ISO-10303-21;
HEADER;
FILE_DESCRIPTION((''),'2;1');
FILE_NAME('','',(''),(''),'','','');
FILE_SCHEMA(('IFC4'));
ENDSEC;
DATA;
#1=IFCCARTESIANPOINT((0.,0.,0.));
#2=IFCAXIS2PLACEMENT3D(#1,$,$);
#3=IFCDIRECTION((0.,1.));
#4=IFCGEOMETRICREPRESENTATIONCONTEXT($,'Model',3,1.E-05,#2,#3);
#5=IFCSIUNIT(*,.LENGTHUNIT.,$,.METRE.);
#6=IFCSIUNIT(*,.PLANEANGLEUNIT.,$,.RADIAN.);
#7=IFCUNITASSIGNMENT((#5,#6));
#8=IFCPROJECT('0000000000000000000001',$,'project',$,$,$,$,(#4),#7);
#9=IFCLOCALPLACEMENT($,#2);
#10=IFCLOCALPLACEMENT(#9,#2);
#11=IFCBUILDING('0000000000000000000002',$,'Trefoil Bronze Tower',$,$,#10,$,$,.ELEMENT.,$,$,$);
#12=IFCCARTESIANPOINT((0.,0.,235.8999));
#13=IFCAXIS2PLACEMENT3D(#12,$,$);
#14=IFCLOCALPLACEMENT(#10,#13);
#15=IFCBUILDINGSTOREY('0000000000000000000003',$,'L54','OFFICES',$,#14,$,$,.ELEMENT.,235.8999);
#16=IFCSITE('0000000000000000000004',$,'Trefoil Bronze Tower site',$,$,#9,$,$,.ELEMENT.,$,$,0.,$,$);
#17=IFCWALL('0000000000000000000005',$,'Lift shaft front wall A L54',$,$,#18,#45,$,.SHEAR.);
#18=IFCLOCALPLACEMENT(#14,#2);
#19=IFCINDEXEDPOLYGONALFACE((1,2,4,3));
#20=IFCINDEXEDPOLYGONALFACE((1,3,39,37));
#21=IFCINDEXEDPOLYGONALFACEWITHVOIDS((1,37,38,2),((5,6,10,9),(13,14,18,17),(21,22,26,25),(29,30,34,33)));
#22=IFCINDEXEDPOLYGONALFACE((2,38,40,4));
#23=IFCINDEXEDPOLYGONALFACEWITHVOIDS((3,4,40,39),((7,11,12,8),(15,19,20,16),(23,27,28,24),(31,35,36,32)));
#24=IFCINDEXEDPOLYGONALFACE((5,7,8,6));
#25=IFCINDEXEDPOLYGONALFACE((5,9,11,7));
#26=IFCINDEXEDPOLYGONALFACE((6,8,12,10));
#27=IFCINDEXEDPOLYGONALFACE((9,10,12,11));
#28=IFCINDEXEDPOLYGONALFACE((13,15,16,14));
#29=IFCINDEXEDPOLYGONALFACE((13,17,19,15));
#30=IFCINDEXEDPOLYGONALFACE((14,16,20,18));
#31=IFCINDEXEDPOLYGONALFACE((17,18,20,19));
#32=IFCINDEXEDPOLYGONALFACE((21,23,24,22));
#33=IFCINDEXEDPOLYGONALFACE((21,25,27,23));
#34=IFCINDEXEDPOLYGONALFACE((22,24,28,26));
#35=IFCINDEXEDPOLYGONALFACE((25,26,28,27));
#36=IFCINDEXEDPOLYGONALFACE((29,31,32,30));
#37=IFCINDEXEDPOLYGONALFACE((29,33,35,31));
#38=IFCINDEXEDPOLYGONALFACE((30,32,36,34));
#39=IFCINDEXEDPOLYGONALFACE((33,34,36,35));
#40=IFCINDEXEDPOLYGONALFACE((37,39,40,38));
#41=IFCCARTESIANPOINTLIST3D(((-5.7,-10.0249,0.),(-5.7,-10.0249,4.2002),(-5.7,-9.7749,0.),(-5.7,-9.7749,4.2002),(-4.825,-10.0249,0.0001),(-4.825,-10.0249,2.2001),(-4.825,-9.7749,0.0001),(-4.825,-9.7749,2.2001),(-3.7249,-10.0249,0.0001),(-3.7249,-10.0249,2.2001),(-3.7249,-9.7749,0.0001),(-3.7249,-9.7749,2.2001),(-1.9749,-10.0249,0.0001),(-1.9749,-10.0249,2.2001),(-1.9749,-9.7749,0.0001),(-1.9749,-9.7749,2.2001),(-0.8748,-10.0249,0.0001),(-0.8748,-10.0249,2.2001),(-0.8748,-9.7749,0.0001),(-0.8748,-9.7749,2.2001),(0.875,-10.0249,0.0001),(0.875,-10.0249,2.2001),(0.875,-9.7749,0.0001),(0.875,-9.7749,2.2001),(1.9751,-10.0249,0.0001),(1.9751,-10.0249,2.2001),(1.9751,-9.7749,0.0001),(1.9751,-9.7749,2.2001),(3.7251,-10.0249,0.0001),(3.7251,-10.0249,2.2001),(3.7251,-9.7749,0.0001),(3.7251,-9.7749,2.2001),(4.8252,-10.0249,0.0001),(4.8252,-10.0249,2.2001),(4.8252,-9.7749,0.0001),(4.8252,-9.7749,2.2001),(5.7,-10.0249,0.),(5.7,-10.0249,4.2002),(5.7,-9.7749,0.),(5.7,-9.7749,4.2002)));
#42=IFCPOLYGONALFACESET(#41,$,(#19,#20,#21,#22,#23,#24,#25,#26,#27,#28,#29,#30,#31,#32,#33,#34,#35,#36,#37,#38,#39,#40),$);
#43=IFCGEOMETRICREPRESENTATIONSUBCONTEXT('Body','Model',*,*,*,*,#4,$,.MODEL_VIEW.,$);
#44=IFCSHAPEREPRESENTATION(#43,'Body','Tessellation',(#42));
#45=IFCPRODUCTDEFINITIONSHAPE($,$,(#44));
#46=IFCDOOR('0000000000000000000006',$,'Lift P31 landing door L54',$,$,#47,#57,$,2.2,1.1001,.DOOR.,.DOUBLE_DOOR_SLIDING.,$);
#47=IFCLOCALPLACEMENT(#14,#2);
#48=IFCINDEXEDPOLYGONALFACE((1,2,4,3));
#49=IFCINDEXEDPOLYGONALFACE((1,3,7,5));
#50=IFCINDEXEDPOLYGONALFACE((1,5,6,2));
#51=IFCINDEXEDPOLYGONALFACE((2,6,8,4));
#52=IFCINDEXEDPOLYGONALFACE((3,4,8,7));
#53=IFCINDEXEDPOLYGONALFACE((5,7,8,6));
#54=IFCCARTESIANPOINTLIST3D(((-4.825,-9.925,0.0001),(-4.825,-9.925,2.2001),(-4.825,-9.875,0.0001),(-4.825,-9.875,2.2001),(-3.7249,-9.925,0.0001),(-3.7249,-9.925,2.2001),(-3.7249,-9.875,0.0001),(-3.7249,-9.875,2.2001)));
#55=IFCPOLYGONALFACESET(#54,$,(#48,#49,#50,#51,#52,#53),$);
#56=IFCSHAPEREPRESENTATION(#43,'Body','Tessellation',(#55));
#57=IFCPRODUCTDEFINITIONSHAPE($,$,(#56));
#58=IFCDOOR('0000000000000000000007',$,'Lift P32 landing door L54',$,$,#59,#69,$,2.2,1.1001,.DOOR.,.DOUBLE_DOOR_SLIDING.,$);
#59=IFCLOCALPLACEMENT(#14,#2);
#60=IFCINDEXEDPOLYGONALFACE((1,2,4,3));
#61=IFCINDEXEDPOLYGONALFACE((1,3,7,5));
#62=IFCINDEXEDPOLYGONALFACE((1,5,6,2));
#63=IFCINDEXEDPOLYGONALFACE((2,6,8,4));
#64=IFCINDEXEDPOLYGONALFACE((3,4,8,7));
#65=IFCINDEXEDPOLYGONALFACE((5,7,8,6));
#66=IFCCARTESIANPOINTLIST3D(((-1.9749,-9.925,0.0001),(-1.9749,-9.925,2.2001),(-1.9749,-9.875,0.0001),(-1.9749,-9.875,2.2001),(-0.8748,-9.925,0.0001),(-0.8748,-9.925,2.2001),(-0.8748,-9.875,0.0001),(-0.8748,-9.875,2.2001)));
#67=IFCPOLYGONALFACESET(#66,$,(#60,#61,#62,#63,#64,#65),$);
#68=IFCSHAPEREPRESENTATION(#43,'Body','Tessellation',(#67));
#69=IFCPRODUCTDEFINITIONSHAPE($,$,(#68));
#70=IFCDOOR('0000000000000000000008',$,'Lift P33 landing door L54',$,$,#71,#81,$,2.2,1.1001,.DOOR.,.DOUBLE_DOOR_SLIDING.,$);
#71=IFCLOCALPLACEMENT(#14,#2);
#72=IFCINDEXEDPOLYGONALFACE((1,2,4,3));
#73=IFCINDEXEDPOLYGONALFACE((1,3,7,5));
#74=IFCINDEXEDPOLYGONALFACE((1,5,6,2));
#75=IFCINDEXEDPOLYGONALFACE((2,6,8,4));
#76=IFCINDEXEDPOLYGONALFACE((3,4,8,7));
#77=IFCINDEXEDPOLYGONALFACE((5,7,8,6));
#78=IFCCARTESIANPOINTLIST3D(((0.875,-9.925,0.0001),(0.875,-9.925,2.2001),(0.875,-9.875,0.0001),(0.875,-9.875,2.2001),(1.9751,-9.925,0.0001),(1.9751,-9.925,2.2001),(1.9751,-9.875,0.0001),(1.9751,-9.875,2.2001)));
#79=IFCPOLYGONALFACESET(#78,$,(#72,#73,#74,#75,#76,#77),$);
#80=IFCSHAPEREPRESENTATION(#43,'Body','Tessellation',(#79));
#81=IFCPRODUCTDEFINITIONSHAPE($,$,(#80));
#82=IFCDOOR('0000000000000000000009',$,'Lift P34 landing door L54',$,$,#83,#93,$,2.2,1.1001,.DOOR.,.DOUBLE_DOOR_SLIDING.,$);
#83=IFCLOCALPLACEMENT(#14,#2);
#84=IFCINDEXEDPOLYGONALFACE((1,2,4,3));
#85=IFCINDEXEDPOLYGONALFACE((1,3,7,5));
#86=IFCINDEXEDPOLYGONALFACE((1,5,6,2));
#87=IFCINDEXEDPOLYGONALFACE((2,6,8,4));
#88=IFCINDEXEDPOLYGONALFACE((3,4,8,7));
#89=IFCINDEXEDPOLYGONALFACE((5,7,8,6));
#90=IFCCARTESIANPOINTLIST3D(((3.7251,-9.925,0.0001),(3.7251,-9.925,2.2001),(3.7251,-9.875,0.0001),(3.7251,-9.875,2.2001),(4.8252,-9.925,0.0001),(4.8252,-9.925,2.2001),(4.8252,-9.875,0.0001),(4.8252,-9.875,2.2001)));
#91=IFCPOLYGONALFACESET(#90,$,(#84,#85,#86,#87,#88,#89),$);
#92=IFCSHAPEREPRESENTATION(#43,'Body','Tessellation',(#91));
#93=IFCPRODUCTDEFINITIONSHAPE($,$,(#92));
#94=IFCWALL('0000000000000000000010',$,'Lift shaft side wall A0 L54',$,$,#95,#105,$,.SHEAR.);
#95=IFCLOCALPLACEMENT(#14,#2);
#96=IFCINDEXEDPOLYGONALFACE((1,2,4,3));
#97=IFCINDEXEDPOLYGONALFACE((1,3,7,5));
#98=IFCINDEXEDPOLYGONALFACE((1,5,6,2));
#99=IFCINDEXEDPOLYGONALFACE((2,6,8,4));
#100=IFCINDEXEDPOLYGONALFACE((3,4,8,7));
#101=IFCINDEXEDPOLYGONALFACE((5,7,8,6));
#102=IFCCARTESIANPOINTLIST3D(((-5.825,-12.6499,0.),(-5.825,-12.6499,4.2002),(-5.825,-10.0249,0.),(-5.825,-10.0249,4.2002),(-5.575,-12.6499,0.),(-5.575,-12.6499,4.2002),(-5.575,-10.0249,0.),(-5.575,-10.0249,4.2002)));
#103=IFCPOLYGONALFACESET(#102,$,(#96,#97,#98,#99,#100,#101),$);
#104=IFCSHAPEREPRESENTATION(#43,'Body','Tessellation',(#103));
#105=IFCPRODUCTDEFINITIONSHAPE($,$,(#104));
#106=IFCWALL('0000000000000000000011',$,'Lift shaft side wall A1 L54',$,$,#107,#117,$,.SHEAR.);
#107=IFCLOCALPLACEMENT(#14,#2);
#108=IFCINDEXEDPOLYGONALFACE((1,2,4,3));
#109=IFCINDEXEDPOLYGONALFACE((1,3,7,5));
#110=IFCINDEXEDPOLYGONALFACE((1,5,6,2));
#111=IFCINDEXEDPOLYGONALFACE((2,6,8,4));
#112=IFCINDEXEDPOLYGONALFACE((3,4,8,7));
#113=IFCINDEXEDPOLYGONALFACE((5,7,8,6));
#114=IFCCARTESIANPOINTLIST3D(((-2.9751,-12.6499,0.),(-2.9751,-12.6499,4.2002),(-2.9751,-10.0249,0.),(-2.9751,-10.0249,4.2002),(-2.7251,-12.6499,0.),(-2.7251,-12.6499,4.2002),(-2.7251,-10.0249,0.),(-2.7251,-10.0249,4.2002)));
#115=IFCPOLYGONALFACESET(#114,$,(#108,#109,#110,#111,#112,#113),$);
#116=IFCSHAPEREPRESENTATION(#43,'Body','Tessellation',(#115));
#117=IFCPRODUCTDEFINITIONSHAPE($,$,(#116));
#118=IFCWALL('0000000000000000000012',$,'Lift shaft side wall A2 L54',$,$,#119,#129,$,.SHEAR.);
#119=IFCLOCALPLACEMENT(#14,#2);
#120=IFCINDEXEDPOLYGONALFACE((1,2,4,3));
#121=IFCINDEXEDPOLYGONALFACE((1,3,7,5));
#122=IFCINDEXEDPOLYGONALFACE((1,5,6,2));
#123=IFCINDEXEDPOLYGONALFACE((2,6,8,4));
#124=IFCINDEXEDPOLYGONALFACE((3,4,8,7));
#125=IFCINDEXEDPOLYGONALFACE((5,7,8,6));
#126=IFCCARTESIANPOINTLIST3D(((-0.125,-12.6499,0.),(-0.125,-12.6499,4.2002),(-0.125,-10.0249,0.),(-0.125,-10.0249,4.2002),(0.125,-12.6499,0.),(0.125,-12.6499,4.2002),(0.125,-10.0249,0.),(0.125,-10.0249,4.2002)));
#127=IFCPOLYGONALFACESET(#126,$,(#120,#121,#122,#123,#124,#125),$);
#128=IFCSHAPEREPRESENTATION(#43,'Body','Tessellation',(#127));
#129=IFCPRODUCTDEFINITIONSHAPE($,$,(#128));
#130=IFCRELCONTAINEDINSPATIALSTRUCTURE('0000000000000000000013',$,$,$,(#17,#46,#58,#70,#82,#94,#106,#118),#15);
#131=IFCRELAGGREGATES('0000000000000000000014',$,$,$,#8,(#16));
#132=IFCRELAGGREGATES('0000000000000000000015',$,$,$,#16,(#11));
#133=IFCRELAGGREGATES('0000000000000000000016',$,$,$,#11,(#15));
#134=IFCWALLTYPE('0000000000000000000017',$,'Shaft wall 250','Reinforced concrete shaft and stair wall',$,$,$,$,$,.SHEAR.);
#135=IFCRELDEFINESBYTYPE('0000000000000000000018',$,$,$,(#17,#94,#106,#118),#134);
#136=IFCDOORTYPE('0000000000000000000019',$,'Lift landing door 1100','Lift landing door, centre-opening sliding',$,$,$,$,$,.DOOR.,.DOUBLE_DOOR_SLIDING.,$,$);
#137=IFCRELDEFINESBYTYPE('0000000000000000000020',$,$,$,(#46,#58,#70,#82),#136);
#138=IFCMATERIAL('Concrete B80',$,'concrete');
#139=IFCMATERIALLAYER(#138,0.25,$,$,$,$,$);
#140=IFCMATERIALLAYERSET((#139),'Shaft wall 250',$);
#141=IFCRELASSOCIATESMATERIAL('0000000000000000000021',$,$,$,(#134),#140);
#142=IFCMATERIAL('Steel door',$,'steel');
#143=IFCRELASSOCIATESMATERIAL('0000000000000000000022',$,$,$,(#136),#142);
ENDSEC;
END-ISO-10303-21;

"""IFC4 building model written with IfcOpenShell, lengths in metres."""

from ifc_helpers import new_model, si_unit, direction, frame, frame_2d, origin, place, context, subcontext, project, spatial, rectangle, extrude, material, layer, layer_set, type_object, element, fill, save


model = new_model("IFC4")

# Units and contexts
model_context = context("Model", 3, precision=1e-05, world=origin(), true_north=direction((0.0, 1.0)))
body_context = subcontext(model_context, "Body", "Model", "MODEL_VIEW")
ifc_project = project(units=[si_unit("LENGTHUNIT", "METRE"), si_unit("PLANEANGLEUNIT", "RADIAN")], contexts=[model_context])

# Site, building, storey
site_placement = place(None, origin())
site = spatial("IfcSite", under=ifc_project, at=site_placement, Name="Trefoil Bronze Tower site", CompositionType="ELEMENT", RefElevation=0.0)
building_placement = place(site_placement, origin())
building = spatial("IfcBuilding", under=site, at=building_placement, Name="Trefoil Bronze Tower", CompositionType="ELEMENT")
storey_placement = place(building_placement, frame((0.0, 0.0, 235.8999)))
storey = spatial("IfcBuildingStorey", under=building, at=storey_placement, Name="L54", Description="OFFICES", CompositionType="ELEMENT", Elevation=235.8999)

# Wall, openings, doors
ifc_material_1 = material(Name="Concrete B80", Category="concrete")
ifc_layer_1 = layer(ifc_material_1, 0.25)
ifc_layer_set_1 = layer_set([ifc_layer_1], Name="Shaft wall 250")
wall_type_1 = type_object("IfcWallType", Name="Shaft wall 250", Description="Reinforced concrete shaft and stair wall", PredefinedType="SHEAR", material=ifc_layer_set_1)
wall_1_placement = place(storey_placement, frame((-5.7, -9.8999, 0.0), z_axis=(0.0, 0.0, 1.0), x_axis=(1.0, 0.0, 0.0)))
wall_1 = element("IfcWall", 1, at=wall_1_placement, inside=storey, type_object=wall_type_1, Name="Lift shaft front wall A L54", PredefinedType="SHEAR", context=body_context, shape_type="SweptSolid", body=[
    extrude(rectangle(XDim=11.3999, YDim=0.25, at=frame_2d((5.7, 0.0))), origin(), (0.0, 0.0, 1.0), 4.2002),
])
opening_1_placement = place(wall_1_placement, frame((0.875, 0.0, 0.0)))
opening_1 = element("IfcOpeningElement", 2, at=opening_1_placement, cuts=wall_1, PredefinedType="OPENING", context=body_context, shape_type="SweptSolid", body=[
    extrude(rectangle(XDim=1.1001, YDim=2.2, at=frame_2d((0.55, 1.1001))), frame((0.0, 0.135, 0.0), z_axis=(0.0, -1.0, 0.0), x_axis=(1.0, 0.0, 0.0)), (0.0, 0.0, 1.0), 0.27),
])
opening_2_placement = place(wall_1_placement, frame((3.7251, 0.0, 0.0)))
opening_2 = element("IfcOpeningElement", 3, at=opening_2_placement, cuts=wall_1, PredefinedType="OPENING", context=body_context, shape_type="SweptSolid", body=[
    extrude(rectangle(XDim=1.1001, YDim=2.2, at=frame_2d((0.55, 1.1001))), frame((0.0, 0.135, 0.0), z_axis=(0.0, -1.0, 0.0), x_axis=(1.0, 0.0, 0.0)), (0.0, 0.0, 1.0), 0.27),
])
opening_3_placement = place(wall_1_placement, frame((6.575, 0.0, 0.0)))
opening_3 = element("IfcOpeningElement", 4, at=opening_3_placement, cuts=wall_1, PredefinedType="OPENING", context=body_context, shape_type="SweptSolid", body=[
    extrude(rectangle(XDim=1.1001, YDim=2.2, at=frame_2d((0.55, 1.1001))), frame((0.0, 0.135, 0.0), z_axis=(0.0, -1.0, 0.0), x_axis=(1.0, 0.0, 0.0)), (0.0, 0.0, 1.0), 0.27),
])
opening_4_placement = place(wall_1_placement, frame((9.425, 0.0, 0.0)))
opening_4 = element("IfcOpeningElement", 5, at=opening_4_placement, cuts=wall_1, PredefinedType="OPENING", context=body_context, shape_type="SweptSolid", body=[
    extrude(rectangle(XDim=1.1001, YDim=2.2, at=frame_2d((0.55, 1.1001))), frame((0.0, 0.135, 0.0), z_axis=(0.0, -1.0, 0.0), x_axis=(1.0, 0.0, 0.0)), (0.0, 0.0, 1.0), 0.27),
])
ifc_material_2 = material(Name="Steel door", Category="steel")
door_type_1 = type_object("IfcDoorType", Name="Lift landing door 1100", Description="Lift landing door, centre-opening sliding", OperationType="DOUBLE_DOOR_SLIDING", PredefinedType="DOOR", material=ifc_material_2)
door_1_placement = place(opening_1_placement, origin())
door_1 = element("IfcDoor", 6, at=door_1_placement, inside=storey, type_object=door_type_1, Name="Lift P31 landing door L54", OperationType="DOUBLE_DOOR_SLIDING", OverallHeight=2.2, OverallWidth=1.1001, PredefinedType="DOOR", context=body_context, shape_type="SweptSolid", body=[
    extrude(rectangle(XDim=1.1001, YDim=2.2, at=frame_2d((0.55, 1.1001))), frame((0.0, 0.0249, 0.0), z_axis=(0.0, -1.0, 0.0), x_axis=(1.0, 0.0, 0.0)), (0.0, 0.0, 1.0), 0.05),
])
fill(opening_1, door_1)
door_2_placement = place(opening_2_placement, origin())
door_2 = element("IfcDoor", 7, at=door_2_placement, inside=storey, type_object=door_type_1, Name="Lift P32 landing door L54", OperationType="DOUBLE_DOOR_SLIDING", OverallHeight=2.2, OverallWidth=1.1001, PredefinedType="DOOR", context=body_context, shape_type="SweptSolid", body=[
    extrude(rectangle(XDim=1.1001, YDim=2.2, at=frame_2d((0.55, 1.1001))), frame((0.0, 0.0249, 0.0), z_axis=(0.0, -1.0, 0.0), x_axis=(1.0, 0.0, 0.0)), (0.0, 0.0, 1.0), 0.05),
])
fill(opening_2, door_2)
door_3_placement = place(opening_3_placement, origin())
door_3 = element("IfcDoor", 8, at=door_3_placement, inside=storey, type_object=door_type_1, Name="Lift P33 landing door L54", OperationType="DOUBLE_DOOR_SLIDING", OverallHeight=2.2, OverallWidth=1.1001, PredefinedType="DOOR", context=body_context, shape_type="SweptSolid", body=[
    extrude(rectangle(XDim=1.1001, YDim=2.2, at=frame_2d((0.55, 1.1001))), frame((0.0, 0.0249, 0.0), z_axis=(0.0, -1.0, 0.0), x_axis=(1.0, 0.0, 0.0)), (0.0, 0.0, 1.0), 0.05),
])
fill(opening_3, door_3)
door_4_placement = place(opening_4_placement, origin())
door_4 = element("IfcDoor", 9, at=door_4_placement, inside=storey, type_object=door_type_1, Name="Lift P34 landing door L54", OperationType="DOUBLE_DOOR_SLIDING", OverallHeight=2.2, OverallWidth=1.1001, PredefinedType="DOOR", context=body_context, shape_type="SweptSolid", body=[
    extrude(rectangle(XDim=1.1001, YDim=2.2, at=frame_2d((0.55, 1.1001))), frame((0.0, 0.0249, 0.0), z_axis=(0.0, -1.0, 0.0), x_axis=(1.0, 0.0, 0.0)), (0.0, 0.0, 1.0), 0.05),
])
fill(opening_4, door_4)

# Walls
for number, where, z_axis, x_axis, name in (
    (10, (-5.7, -10.0249, 0.0), (0.0, 0.0, 1.0), (0.0, -1.0, 0.0), "Lift shaft side wall A0 L54"),
    (11, (-2.8501, -10.0249, 0.0), (0.0, 0.0, 1.0), (0.0, -1.0, 0.0), "Lift shaft side wall A1 L54"),
    (12, (0.0, -10.0249, 0.0), (0.0, 0.0, 1.0), (0.0, -1.0, 0.0), "Lift shaft side wall A2 L54"),
):
    element("IfcWall", number, at=place(storey_placement, frame(where, z_axis=z_axis, x_axis=x_axis)), inside=storey, type_object=wall_type_1, Name=name, PredefinedType="SHEAR", context=body_context, shape_type="SweptSolid", body=[
        extrude(rectangle(XDim=2.625, YDim=0.25, at=frame_2d((1.3125, 0.0))), origin(), (0.0, 0.0, 1.0), 4.2002),
    ])

save(model, "model.ifc")
